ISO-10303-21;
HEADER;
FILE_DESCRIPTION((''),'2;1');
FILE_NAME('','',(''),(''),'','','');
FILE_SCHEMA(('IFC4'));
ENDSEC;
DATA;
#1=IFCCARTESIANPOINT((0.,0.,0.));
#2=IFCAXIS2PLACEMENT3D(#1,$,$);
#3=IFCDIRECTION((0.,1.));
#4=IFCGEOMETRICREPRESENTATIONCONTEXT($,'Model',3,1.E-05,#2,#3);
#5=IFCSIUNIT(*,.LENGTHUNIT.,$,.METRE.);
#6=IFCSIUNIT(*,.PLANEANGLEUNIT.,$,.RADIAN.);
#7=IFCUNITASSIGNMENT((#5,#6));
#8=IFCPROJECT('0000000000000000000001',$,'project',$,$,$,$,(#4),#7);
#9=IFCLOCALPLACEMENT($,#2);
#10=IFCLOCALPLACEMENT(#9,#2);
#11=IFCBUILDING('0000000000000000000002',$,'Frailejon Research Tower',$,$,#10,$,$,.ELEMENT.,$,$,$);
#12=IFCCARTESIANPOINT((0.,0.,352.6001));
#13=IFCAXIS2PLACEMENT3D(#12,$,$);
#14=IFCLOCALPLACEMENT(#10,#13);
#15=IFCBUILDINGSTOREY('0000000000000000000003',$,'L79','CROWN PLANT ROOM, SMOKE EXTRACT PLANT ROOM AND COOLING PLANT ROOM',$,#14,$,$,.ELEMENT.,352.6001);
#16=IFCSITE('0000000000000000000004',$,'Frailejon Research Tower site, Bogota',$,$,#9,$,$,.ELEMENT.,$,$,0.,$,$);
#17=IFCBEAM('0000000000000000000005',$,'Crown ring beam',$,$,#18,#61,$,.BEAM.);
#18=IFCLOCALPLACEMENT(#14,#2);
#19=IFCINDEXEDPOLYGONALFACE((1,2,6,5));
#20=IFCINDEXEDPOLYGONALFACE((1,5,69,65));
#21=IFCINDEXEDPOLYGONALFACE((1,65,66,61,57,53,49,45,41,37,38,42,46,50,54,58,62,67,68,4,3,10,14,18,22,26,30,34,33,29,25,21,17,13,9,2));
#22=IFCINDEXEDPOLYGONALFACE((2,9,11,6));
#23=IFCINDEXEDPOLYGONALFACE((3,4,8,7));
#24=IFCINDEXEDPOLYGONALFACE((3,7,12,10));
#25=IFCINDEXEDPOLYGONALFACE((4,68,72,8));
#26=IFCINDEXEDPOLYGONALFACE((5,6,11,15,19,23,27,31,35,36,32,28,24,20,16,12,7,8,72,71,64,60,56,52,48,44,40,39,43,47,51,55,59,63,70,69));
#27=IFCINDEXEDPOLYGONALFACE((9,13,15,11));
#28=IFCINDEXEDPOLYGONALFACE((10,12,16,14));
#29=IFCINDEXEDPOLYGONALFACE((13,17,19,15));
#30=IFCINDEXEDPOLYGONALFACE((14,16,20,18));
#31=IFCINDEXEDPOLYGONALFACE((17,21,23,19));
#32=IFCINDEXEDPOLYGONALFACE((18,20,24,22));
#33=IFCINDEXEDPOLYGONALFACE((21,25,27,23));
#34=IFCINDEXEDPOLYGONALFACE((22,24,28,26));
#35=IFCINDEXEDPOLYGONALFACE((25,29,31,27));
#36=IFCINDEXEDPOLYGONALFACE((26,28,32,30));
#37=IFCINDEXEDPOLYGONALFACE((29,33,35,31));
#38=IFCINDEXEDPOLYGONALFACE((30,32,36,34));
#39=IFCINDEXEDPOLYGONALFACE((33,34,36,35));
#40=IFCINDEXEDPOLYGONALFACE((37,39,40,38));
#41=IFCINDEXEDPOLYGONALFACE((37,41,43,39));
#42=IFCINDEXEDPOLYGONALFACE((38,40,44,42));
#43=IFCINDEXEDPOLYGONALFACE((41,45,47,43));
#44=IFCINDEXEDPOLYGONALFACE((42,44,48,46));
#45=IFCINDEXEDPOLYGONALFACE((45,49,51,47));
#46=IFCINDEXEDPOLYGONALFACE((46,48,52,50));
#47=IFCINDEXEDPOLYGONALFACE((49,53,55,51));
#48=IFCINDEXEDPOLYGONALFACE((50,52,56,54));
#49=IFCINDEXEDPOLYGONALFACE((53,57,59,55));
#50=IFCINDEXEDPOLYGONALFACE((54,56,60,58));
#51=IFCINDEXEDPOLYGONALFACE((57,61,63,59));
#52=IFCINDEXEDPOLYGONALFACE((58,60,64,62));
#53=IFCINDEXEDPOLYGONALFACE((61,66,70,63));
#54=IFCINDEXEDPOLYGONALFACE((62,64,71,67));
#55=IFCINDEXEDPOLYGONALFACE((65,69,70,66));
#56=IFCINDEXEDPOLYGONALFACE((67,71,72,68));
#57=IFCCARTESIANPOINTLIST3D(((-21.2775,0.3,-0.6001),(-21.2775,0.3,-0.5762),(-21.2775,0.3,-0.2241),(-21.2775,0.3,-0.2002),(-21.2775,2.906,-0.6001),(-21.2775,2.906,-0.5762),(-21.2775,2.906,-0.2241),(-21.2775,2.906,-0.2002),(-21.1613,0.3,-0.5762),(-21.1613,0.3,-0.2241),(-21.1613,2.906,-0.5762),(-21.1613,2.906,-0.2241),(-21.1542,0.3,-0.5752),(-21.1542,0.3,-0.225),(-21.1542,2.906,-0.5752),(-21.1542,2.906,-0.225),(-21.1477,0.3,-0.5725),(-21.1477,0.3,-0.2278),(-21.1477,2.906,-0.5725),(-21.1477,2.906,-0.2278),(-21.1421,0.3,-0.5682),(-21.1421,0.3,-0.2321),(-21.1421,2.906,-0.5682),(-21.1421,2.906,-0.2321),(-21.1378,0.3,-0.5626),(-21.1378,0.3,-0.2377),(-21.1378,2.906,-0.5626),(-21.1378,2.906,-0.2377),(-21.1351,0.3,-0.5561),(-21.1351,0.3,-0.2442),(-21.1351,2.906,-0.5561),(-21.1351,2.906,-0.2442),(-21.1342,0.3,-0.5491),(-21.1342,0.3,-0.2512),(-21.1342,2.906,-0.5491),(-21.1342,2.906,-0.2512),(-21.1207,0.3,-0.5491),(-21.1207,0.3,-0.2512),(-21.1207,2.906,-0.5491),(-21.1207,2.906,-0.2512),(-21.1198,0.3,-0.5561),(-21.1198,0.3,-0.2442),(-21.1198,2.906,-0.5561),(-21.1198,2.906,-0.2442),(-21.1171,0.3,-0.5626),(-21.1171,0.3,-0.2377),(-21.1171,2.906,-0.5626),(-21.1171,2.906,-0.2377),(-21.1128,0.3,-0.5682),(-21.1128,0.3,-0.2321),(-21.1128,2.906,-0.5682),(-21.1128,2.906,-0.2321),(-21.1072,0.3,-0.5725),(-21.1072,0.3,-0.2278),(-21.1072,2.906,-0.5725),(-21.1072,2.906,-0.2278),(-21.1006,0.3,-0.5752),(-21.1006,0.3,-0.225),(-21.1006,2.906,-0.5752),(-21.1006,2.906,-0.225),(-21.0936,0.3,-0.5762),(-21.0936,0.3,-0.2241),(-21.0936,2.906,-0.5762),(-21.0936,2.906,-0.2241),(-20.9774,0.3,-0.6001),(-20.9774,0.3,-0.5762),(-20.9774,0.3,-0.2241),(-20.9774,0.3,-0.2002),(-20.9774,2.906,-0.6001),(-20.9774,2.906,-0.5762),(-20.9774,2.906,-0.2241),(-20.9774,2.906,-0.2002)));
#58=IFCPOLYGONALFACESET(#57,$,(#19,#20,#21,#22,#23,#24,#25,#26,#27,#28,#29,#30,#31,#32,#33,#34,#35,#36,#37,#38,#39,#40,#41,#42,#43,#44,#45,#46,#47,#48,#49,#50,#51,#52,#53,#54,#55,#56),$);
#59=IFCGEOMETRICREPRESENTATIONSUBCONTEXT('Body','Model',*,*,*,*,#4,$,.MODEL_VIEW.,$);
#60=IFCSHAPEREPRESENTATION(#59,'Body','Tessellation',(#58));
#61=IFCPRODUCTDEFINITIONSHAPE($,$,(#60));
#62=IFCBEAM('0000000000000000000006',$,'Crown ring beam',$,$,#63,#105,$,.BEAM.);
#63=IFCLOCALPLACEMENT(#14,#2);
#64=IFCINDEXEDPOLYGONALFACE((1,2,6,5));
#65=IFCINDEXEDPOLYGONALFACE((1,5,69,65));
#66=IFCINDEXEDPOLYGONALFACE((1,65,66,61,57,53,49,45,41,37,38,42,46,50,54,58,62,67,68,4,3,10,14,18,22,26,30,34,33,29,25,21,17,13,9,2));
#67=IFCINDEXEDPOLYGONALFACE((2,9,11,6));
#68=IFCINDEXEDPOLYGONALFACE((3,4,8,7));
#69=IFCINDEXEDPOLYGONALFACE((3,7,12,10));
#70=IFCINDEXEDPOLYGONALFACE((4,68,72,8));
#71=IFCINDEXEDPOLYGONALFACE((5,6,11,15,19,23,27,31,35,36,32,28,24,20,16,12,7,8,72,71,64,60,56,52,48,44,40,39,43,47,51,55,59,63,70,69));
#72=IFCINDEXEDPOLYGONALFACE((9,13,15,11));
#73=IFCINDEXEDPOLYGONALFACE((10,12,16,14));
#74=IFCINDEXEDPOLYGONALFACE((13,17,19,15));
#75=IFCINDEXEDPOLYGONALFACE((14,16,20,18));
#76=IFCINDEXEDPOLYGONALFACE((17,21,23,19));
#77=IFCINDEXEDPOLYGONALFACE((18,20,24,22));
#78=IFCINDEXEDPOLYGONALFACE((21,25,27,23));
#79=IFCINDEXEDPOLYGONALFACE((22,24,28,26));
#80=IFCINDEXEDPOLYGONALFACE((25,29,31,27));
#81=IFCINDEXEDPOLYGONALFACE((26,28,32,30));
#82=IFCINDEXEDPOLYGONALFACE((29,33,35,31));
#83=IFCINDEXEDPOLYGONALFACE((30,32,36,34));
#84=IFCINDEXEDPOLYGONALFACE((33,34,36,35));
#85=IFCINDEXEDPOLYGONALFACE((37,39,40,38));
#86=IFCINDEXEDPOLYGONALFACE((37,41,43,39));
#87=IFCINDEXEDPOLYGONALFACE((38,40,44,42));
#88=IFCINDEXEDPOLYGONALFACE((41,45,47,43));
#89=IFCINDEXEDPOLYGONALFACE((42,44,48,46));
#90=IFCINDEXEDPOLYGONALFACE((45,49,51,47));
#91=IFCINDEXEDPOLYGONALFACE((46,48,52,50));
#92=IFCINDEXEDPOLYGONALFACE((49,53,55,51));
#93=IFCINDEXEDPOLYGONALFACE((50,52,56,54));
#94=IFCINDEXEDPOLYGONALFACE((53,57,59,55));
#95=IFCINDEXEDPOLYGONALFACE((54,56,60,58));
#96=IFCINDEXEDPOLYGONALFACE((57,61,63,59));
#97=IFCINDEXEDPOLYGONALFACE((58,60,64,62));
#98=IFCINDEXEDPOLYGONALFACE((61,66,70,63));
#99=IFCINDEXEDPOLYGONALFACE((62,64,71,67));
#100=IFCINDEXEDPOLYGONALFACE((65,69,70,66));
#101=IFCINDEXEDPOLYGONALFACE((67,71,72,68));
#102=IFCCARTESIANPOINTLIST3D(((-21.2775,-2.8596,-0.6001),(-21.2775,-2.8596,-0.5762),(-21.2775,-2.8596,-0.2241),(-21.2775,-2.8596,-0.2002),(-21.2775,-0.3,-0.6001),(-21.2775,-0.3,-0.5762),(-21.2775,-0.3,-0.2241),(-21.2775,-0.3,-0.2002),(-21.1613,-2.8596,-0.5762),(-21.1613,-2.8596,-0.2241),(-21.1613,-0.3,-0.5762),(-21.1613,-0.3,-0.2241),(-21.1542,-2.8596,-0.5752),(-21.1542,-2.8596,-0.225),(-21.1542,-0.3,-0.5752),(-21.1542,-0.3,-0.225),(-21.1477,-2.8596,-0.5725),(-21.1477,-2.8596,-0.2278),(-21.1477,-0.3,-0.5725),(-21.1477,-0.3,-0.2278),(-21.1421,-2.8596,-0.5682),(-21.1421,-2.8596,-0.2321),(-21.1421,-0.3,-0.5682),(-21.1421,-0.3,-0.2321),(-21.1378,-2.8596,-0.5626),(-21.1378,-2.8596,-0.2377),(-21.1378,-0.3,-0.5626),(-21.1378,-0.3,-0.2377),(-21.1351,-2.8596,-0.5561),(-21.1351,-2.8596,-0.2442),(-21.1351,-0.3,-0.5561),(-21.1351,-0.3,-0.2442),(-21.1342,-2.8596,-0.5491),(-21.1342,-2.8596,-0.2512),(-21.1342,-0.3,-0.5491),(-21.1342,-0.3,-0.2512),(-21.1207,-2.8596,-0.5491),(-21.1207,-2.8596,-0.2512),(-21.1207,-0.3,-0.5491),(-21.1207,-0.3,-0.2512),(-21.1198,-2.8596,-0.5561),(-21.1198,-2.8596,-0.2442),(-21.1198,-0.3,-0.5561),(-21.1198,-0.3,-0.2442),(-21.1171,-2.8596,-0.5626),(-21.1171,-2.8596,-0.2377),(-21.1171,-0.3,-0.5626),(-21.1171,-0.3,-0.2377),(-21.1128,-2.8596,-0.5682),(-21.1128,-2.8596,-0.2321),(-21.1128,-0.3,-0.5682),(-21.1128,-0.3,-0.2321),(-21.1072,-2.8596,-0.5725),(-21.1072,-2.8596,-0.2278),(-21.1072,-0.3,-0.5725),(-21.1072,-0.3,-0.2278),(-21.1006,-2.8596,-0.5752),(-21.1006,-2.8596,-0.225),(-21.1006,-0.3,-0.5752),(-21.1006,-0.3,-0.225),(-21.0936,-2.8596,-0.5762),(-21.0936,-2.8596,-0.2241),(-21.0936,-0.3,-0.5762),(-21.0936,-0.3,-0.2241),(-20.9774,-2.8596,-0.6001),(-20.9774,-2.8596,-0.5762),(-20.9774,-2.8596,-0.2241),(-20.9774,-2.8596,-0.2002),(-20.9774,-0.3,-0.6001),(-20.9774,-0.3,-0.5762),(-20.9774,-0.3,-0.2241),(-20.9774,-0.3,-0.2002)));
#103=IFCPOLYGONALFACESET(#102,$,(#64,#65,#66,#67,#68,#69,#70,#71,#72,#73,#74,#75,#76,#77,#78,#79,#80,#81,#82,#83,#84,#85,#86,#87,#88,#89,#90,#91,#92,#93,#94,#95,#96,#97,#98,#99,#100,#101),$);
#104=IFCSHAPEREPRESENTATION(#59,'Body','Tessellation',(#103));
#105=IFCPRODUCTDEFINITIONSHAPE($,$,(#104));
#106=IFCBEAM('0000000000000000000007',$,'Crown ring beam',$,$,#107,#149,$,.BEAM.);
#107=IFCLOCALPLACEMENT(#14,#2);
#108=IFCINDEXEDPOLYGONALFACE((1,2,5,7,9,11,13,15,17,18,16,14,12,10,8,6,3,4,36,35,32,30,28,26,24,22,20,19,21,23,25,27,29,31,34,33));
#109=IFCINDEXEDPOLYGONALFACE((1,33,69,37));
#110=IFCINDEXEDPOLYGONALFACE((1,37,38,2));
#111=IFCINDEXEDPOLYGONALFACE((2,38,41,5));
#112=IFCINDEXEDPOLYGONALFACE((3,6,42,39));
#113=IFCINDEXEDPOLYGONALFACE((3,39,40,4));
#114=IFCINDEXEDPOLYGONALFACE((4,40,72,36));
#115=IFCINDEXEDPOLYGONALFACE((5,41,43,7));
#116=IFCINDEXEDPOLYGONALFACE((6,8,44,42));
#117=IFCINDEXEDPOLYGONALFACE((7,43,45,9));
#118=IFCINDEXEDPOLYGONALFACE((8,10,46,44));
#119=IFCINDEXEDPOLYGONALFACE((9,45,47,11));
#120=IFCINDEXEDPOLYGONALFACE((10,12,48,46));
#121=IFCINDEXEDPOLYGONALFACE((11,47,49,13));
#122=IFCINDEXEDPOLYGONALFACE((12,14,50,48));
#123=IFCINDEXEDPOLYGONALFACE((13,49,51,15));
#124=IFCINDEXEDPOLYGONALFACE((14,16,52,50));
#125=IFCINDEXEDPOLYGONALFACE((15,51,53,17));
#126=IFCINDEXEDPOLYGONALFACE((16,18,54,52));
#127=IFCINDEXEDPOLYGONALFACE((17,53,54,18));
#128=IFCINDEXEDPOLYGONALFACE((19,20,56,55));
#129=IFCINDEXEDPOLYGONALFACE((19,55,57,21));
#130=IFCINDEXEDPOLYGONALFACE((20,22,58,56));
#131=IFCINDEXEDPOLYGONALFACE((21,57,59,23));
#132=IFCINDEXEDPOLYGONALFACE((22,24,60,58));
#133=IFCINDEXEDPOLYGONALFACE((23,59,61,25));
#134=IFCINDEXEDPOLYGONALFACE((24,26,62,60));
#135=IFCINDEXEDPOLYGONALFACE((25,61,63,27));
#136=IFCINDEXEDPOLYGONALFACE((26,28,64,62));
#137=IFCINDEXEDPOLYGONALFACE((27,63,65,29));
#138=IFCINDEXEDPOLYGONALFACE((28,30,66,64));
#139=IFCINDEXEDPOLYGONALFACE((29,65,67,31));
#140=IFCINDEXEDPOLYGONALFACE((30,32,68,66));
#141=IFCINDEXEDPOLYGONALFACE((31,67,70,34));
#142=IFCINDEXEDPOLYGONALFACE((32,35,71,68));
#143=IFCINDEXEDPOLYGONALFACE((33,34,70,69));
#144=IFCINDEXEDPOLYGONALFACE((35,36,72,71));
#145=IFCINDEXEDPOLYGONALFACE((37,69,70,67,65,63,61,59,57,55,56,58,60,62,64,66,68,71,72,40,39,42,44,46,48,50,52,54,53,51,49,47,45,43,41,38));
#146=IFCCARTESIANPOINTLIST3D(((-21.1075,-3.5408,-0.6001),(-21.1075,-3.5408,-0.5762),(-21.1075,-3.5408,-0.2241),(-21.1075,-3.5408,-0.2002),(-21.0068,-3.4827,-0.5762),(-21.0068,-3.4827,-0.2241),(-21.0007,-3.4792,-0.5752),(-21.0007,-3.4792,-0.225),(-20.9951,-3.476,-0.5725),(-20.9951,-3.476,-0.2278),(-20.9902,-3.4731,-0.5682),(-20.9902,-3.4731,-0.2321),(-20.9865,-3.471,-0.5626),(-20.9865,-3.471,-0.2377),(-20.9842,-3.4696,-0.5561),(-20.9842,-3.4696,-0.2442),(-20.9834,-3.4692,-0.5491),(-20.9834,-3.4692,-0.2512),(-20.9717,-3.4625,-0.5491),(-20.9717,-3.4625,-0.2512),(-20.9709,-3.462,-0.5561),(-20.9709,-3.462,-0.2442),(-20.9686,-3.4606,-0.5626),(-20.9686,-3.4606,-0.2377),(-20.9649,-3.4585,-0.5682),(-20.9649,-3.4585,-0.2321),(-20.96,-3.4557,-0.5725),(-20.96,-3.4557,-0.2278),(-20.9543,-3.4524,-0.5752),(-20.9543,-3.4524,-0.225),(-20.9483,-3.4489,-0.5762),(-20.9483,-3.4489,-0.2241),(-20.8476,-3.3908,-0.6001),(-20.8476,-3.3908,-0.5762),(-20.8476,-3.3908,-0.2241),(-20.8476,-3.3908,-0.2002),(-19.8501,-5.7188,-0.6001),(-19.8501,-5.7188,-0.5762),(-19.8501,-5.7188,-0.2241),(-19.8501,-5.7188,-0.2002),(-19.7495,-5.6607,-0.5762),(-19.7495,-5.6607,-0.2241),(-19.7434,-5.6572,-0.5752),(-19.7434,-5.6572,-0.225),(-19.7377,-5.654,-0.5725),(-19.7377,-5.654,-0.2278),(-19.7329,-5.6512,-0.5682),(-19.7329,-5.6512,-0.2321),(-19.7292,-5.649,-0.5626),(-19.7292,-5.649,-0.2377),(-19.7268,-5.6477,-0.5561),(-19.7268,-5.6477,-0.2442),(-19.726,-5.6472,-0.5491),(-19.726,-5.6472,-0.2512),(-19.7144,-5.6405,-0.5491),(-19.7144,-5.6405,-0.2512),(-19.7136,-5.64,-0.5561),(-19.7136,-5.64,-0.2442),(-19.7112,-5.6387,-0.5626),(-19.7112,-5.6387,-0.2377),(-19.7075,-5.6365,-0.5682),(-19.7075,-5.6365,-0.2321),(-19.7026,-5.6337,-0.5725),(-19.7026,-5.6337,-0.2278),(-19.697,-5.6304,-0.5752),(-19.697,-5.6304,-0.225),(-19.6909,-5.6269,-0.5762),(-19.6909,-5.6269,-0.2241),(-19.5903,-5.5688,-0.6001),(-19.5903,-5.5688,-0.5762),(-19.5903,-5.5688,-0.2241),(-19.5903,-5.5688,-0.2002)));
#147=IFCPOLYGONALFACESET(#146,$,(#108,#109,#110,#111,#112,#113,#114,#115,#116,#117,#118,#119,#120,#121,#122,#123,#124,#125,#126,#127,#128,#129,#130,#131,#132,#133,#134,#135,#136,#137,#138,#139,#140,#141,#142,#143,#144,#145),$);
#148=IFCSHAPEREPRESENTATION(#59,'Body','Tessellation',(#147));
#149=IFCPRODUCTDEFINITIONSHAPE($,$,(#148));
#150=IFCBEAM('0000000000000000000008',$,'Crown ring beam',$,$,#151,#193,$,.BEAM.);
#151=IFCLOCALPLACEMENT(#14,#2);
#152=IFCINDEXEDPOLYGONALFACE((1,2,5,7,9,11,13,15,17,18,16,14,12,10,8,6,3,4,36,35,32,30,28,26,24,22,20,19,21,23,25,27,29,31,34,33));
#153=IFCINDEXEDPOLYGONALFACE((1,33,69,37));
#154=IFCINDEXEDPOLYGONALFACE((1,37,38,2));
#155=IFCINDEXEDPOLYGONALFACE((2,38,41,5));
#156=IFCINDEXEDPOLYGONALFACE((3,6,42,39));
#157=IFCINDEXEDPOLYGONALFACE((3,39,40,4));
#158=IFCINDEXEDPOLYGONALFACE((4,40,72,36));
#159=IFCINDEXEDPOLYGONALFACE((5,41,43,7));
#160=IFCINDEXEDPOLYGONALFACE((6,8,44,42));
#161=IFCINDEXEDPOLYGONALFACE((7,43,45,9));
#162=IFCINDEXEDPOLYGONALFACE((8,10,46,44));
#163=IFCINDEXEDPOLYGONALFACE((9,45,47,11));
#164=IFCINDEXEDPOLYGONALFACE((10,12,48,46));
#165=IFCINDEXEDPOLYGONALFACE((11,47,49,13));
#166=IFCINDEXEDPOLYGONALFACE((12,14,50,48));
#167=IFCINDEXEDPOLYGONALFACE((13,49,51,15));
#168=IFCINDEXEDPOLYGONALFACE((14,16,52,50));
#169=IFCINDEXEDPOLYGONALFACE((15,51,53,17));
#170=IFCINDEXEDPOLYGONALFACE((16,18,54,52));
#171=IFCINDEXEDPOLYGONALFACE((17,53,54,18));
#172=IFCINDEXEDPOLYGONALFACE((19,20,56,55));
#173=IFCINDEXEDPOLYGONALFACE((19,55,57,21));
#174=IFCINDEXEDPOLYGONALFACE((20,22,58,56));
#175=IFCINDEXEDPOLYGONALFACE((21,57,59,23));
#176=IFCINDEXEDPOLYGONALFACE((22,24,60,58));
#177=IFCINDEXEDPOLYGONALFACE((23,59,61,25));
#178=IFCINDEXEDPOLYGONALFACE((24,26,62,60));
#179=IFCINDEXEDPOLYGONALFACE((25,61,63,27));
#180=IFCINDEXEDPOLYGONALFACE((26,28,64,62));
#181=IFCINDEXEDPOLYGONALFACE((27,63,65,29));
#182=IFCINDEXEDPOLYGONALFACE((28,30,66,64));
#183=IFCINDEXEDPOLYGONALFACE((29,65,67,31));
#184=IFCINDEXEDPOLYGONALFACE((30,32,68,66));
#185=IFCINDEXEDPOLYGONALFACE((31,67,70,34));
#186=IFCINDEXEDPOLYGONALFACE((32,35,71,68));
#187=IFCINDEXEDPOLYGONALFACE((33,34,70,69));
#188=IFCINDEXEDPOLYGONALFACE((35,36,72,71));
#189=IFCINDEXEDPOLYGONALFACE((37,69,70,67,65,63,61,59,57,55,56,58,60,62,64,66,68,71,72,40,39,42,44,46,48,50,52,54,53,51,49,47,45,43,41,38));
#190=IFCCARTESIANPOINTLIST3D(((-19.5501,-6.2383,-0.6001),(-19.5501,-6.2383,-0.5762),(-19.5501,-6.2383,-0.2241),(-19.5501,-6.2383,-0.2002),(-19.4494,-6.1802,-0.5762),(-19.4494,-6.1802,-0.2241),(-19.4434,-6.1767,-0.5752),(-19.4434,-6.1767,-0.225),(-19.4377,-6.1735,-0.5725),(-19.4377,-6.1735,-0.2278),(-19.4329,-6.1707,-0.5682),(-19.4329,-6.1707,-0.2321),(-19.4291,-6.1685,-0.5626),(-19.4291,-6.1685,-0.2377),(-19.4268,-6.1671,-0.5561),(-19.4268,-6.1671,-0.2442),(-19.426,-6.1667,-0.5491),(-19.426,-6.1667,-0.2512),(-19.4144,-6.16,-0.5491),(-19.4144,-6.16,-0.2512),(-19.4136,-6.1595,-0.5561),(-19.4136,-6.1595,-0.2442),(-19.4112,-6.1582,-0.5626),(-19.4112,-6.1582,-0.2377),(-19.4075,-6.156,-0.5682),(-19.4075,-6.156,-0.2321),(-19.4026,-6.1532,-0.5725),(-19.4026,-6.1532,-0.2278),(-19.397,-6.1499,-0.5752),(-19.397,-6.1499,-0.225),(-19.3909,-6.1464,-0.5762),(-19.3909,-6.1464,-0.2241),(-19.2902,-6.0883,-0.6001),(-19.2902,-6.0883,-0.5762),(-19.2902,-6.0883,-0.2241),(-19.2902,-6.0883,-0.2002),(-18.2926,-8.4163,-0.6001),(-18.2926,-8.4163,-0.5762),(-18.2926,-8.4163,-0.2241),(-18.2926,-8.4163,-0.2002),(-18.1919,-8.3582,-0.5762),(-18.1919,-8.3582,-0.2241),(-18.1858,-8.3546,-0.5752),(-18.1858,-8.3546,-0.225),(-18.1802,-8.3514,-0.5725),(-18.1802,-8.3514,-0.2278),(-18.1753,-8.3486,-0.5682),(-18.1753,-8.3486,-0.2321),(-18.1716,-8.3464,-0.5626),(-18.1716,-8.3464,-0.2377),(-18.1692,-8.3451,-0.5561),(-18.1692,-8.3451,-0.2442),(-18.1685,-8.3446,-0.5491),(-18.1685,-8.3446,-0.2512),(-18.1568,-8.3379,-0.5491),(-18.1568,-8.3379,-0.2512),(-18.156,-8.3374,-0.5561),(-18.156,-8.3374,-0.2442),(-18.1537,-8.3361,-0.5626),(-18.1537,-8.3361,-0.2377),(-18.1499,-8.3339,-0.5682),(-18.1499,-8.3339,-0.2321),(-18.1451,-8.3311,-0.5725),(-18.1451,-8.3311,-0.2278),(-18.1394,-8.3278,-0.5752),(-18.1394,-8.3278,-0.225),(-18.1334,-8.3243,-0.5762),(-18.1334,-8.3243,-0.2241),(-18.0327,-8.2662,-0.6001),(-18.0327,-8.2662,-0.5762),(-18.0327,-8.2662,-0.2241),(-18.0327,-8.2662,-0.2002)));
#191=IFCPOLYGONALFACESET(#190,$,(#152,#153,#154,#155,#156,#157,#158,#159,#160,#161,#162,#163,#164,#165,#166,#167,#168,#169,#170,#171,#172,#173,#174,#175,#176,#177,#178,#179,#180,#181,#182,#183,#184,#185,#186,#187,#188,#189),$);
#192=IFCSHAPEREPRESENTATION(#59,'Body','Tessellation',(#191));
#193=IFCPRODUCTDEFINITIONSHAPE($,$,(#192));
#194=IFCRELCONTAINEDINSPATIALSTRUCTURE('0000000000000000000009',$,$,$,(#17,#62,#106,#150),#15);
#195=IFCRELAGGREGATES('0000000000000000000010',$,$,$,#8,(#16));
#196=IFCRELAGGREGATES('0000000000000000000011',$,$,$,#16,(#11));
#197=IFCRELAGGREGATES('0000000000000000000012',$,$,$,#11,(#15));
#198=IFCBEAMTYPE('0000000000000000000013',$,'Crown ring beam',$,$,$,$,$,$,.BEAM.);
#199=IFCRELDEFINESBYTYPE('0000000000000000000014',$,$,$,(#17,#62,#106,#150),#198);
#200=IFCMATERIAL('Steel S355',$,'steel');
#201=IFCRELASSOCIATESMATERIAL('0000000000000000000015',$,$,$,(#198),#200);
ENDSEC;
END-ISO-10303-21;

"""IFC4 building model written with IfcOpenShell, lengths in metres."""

from ifc_helpers import new_model, si_unit, direction, frame, origin, origin_2d, place, context, subcontext, project, spatial, i_section, extrude, material, material_profile, profile_set, type_object, element, save


model = new_model("IFC4")

# Units and contexts
model_context = context("Model", 3, precision=1e-05, world=origin(), true_north=direction((0.0, 1.0)))
body_context = subcontext(model_context, "Body", "Model", "MODEL_VIEW")
ifc_project = project(units=[si_unit("LENGTHUNIT", "METRE"), si_unit("PLANEANGLEUNIT", "RADIAN")], contexts=[model_context])

# Site, building, storey
site_placement = place(None, origin())
site = spatial("IfcSite", under=ifc_project, at=site_placement, Name="Frailejon Research Tower site, Bogota", CompositionType="ELEMENT", RefElevation=0.0)
building_placement = place(site_placement, origin())
building = spatial("IfcBuilding", under=site, at=building_placement, Name="Frailejon Research Tower", CompositionType="ELEMENT")
storey_placement = place(building_placement, frame((0.0, 0.0, 352.6001)))
storey = spatial("IfcBuildingStorey", under=building, at=storey_placement, Name="L79", Description="CROWN PLANT ROOM, SMOKE EXTRACT PLANT ROOM AND COOLING PLANT ROOM", CompositionType="ELEMENT", Elevation=352.6001)

# Beams
ifc_material_1 = material(Name="Steel S355", Category="steel")
ifc_material_profile_1 = material_profile(ifc_material_1, i_section(OverallWidth=0.3, OverallDepth=0.3999, WebThickness=0.0134, FlangeThickness=0.0239, FilletRadius=0.0271, at=origin_2d()), Name="HE 400 B")
ifc_profile_set_1 = profile_set([ifc_material_profile_1], Name="Steel S355")
beam_type_1 = type_object("IfcBeamType", Name="Crown ring beam", PredefinedType="BEAM", material=ifc_profile_set_1)
beam_1_placement = place(storey_placement, frame((-21.1274, 2.906, -0.4001), z_axis=(0.0, -1.0, 0.0), x_axis=(1.0, 0.0, 0.0)))
element("IfcBeam", 1, at=beam_1_placement, inside=storey, type_object=beam_type_1, Name="Crown ring beam", PredefinedType="BEAM", context=body_context, shape_type="SweptSolid", body=[
    extrude(i_section(OverallWidth=0.3, OverallDepth=0.3999, WebThickness=0.0134, FlangeThickness=0.0239, FilletRadius=0.0271, at=origin_2d()), origin(), (0.0, 0.0, 1.0), 2.606),
])
beam_2_placement = place(storey_placement, frame((-21.1274, -0.3, -0.4001), z_axis=(0.0, -1.0, 0.0), x_axis=(1.0, 0.0, 0.0)))
element("IfcBeam", 2, at=beam_2_placement, inside=storey, type_object=beam_type_1, Name="Crown ring beam", PredefinedType="BEAM", context=body_context, shape_type="SweptSolid", body=[
    extrude(i_section(OverallWidth=0.3, OverallDepth=0.3999, WebThickness=0.0134, FlangeThickness=0.0239, FilletRadius=0.0271, at=origin_2d()), origin(), (0.0, 0.0, 1.0), 2.5596),
])
for number, where, z_axis, x_axis, name in (
    (3, (-20.9775, -3.4658, -0.4001), (0.499961, -0.866048, 0.0), (0.866048, 0.499961, 0.0), "Crown ring beam"),
    (4, (-19.4202, -6.1633, -0.4001), (0.500033, -0.866006, 0.0), (0.866006, 0.500033, 0.0), "Crown ring beam"),
):
    element("IfcBeam", number, at=place(storey_placement, frame(where, z_axis=z_axis, x_axis=x_axis)), inside=storey, type_object=beam_type_1, Name=name, PredefinedType="BEAM", context=body_context, shape_type="SweptSolid", body=[
        extrude(i_section(OverallWidth=0.3, OverallDepth=0.3999, WebThickness=0.0134, FlangeThickness=0.0239, FilletRadius=0.0271, at=origin_2d()), origin(), (0.0, 0.0, 1.0), 2.5149),
    ])

save(model, "model.ifc")
